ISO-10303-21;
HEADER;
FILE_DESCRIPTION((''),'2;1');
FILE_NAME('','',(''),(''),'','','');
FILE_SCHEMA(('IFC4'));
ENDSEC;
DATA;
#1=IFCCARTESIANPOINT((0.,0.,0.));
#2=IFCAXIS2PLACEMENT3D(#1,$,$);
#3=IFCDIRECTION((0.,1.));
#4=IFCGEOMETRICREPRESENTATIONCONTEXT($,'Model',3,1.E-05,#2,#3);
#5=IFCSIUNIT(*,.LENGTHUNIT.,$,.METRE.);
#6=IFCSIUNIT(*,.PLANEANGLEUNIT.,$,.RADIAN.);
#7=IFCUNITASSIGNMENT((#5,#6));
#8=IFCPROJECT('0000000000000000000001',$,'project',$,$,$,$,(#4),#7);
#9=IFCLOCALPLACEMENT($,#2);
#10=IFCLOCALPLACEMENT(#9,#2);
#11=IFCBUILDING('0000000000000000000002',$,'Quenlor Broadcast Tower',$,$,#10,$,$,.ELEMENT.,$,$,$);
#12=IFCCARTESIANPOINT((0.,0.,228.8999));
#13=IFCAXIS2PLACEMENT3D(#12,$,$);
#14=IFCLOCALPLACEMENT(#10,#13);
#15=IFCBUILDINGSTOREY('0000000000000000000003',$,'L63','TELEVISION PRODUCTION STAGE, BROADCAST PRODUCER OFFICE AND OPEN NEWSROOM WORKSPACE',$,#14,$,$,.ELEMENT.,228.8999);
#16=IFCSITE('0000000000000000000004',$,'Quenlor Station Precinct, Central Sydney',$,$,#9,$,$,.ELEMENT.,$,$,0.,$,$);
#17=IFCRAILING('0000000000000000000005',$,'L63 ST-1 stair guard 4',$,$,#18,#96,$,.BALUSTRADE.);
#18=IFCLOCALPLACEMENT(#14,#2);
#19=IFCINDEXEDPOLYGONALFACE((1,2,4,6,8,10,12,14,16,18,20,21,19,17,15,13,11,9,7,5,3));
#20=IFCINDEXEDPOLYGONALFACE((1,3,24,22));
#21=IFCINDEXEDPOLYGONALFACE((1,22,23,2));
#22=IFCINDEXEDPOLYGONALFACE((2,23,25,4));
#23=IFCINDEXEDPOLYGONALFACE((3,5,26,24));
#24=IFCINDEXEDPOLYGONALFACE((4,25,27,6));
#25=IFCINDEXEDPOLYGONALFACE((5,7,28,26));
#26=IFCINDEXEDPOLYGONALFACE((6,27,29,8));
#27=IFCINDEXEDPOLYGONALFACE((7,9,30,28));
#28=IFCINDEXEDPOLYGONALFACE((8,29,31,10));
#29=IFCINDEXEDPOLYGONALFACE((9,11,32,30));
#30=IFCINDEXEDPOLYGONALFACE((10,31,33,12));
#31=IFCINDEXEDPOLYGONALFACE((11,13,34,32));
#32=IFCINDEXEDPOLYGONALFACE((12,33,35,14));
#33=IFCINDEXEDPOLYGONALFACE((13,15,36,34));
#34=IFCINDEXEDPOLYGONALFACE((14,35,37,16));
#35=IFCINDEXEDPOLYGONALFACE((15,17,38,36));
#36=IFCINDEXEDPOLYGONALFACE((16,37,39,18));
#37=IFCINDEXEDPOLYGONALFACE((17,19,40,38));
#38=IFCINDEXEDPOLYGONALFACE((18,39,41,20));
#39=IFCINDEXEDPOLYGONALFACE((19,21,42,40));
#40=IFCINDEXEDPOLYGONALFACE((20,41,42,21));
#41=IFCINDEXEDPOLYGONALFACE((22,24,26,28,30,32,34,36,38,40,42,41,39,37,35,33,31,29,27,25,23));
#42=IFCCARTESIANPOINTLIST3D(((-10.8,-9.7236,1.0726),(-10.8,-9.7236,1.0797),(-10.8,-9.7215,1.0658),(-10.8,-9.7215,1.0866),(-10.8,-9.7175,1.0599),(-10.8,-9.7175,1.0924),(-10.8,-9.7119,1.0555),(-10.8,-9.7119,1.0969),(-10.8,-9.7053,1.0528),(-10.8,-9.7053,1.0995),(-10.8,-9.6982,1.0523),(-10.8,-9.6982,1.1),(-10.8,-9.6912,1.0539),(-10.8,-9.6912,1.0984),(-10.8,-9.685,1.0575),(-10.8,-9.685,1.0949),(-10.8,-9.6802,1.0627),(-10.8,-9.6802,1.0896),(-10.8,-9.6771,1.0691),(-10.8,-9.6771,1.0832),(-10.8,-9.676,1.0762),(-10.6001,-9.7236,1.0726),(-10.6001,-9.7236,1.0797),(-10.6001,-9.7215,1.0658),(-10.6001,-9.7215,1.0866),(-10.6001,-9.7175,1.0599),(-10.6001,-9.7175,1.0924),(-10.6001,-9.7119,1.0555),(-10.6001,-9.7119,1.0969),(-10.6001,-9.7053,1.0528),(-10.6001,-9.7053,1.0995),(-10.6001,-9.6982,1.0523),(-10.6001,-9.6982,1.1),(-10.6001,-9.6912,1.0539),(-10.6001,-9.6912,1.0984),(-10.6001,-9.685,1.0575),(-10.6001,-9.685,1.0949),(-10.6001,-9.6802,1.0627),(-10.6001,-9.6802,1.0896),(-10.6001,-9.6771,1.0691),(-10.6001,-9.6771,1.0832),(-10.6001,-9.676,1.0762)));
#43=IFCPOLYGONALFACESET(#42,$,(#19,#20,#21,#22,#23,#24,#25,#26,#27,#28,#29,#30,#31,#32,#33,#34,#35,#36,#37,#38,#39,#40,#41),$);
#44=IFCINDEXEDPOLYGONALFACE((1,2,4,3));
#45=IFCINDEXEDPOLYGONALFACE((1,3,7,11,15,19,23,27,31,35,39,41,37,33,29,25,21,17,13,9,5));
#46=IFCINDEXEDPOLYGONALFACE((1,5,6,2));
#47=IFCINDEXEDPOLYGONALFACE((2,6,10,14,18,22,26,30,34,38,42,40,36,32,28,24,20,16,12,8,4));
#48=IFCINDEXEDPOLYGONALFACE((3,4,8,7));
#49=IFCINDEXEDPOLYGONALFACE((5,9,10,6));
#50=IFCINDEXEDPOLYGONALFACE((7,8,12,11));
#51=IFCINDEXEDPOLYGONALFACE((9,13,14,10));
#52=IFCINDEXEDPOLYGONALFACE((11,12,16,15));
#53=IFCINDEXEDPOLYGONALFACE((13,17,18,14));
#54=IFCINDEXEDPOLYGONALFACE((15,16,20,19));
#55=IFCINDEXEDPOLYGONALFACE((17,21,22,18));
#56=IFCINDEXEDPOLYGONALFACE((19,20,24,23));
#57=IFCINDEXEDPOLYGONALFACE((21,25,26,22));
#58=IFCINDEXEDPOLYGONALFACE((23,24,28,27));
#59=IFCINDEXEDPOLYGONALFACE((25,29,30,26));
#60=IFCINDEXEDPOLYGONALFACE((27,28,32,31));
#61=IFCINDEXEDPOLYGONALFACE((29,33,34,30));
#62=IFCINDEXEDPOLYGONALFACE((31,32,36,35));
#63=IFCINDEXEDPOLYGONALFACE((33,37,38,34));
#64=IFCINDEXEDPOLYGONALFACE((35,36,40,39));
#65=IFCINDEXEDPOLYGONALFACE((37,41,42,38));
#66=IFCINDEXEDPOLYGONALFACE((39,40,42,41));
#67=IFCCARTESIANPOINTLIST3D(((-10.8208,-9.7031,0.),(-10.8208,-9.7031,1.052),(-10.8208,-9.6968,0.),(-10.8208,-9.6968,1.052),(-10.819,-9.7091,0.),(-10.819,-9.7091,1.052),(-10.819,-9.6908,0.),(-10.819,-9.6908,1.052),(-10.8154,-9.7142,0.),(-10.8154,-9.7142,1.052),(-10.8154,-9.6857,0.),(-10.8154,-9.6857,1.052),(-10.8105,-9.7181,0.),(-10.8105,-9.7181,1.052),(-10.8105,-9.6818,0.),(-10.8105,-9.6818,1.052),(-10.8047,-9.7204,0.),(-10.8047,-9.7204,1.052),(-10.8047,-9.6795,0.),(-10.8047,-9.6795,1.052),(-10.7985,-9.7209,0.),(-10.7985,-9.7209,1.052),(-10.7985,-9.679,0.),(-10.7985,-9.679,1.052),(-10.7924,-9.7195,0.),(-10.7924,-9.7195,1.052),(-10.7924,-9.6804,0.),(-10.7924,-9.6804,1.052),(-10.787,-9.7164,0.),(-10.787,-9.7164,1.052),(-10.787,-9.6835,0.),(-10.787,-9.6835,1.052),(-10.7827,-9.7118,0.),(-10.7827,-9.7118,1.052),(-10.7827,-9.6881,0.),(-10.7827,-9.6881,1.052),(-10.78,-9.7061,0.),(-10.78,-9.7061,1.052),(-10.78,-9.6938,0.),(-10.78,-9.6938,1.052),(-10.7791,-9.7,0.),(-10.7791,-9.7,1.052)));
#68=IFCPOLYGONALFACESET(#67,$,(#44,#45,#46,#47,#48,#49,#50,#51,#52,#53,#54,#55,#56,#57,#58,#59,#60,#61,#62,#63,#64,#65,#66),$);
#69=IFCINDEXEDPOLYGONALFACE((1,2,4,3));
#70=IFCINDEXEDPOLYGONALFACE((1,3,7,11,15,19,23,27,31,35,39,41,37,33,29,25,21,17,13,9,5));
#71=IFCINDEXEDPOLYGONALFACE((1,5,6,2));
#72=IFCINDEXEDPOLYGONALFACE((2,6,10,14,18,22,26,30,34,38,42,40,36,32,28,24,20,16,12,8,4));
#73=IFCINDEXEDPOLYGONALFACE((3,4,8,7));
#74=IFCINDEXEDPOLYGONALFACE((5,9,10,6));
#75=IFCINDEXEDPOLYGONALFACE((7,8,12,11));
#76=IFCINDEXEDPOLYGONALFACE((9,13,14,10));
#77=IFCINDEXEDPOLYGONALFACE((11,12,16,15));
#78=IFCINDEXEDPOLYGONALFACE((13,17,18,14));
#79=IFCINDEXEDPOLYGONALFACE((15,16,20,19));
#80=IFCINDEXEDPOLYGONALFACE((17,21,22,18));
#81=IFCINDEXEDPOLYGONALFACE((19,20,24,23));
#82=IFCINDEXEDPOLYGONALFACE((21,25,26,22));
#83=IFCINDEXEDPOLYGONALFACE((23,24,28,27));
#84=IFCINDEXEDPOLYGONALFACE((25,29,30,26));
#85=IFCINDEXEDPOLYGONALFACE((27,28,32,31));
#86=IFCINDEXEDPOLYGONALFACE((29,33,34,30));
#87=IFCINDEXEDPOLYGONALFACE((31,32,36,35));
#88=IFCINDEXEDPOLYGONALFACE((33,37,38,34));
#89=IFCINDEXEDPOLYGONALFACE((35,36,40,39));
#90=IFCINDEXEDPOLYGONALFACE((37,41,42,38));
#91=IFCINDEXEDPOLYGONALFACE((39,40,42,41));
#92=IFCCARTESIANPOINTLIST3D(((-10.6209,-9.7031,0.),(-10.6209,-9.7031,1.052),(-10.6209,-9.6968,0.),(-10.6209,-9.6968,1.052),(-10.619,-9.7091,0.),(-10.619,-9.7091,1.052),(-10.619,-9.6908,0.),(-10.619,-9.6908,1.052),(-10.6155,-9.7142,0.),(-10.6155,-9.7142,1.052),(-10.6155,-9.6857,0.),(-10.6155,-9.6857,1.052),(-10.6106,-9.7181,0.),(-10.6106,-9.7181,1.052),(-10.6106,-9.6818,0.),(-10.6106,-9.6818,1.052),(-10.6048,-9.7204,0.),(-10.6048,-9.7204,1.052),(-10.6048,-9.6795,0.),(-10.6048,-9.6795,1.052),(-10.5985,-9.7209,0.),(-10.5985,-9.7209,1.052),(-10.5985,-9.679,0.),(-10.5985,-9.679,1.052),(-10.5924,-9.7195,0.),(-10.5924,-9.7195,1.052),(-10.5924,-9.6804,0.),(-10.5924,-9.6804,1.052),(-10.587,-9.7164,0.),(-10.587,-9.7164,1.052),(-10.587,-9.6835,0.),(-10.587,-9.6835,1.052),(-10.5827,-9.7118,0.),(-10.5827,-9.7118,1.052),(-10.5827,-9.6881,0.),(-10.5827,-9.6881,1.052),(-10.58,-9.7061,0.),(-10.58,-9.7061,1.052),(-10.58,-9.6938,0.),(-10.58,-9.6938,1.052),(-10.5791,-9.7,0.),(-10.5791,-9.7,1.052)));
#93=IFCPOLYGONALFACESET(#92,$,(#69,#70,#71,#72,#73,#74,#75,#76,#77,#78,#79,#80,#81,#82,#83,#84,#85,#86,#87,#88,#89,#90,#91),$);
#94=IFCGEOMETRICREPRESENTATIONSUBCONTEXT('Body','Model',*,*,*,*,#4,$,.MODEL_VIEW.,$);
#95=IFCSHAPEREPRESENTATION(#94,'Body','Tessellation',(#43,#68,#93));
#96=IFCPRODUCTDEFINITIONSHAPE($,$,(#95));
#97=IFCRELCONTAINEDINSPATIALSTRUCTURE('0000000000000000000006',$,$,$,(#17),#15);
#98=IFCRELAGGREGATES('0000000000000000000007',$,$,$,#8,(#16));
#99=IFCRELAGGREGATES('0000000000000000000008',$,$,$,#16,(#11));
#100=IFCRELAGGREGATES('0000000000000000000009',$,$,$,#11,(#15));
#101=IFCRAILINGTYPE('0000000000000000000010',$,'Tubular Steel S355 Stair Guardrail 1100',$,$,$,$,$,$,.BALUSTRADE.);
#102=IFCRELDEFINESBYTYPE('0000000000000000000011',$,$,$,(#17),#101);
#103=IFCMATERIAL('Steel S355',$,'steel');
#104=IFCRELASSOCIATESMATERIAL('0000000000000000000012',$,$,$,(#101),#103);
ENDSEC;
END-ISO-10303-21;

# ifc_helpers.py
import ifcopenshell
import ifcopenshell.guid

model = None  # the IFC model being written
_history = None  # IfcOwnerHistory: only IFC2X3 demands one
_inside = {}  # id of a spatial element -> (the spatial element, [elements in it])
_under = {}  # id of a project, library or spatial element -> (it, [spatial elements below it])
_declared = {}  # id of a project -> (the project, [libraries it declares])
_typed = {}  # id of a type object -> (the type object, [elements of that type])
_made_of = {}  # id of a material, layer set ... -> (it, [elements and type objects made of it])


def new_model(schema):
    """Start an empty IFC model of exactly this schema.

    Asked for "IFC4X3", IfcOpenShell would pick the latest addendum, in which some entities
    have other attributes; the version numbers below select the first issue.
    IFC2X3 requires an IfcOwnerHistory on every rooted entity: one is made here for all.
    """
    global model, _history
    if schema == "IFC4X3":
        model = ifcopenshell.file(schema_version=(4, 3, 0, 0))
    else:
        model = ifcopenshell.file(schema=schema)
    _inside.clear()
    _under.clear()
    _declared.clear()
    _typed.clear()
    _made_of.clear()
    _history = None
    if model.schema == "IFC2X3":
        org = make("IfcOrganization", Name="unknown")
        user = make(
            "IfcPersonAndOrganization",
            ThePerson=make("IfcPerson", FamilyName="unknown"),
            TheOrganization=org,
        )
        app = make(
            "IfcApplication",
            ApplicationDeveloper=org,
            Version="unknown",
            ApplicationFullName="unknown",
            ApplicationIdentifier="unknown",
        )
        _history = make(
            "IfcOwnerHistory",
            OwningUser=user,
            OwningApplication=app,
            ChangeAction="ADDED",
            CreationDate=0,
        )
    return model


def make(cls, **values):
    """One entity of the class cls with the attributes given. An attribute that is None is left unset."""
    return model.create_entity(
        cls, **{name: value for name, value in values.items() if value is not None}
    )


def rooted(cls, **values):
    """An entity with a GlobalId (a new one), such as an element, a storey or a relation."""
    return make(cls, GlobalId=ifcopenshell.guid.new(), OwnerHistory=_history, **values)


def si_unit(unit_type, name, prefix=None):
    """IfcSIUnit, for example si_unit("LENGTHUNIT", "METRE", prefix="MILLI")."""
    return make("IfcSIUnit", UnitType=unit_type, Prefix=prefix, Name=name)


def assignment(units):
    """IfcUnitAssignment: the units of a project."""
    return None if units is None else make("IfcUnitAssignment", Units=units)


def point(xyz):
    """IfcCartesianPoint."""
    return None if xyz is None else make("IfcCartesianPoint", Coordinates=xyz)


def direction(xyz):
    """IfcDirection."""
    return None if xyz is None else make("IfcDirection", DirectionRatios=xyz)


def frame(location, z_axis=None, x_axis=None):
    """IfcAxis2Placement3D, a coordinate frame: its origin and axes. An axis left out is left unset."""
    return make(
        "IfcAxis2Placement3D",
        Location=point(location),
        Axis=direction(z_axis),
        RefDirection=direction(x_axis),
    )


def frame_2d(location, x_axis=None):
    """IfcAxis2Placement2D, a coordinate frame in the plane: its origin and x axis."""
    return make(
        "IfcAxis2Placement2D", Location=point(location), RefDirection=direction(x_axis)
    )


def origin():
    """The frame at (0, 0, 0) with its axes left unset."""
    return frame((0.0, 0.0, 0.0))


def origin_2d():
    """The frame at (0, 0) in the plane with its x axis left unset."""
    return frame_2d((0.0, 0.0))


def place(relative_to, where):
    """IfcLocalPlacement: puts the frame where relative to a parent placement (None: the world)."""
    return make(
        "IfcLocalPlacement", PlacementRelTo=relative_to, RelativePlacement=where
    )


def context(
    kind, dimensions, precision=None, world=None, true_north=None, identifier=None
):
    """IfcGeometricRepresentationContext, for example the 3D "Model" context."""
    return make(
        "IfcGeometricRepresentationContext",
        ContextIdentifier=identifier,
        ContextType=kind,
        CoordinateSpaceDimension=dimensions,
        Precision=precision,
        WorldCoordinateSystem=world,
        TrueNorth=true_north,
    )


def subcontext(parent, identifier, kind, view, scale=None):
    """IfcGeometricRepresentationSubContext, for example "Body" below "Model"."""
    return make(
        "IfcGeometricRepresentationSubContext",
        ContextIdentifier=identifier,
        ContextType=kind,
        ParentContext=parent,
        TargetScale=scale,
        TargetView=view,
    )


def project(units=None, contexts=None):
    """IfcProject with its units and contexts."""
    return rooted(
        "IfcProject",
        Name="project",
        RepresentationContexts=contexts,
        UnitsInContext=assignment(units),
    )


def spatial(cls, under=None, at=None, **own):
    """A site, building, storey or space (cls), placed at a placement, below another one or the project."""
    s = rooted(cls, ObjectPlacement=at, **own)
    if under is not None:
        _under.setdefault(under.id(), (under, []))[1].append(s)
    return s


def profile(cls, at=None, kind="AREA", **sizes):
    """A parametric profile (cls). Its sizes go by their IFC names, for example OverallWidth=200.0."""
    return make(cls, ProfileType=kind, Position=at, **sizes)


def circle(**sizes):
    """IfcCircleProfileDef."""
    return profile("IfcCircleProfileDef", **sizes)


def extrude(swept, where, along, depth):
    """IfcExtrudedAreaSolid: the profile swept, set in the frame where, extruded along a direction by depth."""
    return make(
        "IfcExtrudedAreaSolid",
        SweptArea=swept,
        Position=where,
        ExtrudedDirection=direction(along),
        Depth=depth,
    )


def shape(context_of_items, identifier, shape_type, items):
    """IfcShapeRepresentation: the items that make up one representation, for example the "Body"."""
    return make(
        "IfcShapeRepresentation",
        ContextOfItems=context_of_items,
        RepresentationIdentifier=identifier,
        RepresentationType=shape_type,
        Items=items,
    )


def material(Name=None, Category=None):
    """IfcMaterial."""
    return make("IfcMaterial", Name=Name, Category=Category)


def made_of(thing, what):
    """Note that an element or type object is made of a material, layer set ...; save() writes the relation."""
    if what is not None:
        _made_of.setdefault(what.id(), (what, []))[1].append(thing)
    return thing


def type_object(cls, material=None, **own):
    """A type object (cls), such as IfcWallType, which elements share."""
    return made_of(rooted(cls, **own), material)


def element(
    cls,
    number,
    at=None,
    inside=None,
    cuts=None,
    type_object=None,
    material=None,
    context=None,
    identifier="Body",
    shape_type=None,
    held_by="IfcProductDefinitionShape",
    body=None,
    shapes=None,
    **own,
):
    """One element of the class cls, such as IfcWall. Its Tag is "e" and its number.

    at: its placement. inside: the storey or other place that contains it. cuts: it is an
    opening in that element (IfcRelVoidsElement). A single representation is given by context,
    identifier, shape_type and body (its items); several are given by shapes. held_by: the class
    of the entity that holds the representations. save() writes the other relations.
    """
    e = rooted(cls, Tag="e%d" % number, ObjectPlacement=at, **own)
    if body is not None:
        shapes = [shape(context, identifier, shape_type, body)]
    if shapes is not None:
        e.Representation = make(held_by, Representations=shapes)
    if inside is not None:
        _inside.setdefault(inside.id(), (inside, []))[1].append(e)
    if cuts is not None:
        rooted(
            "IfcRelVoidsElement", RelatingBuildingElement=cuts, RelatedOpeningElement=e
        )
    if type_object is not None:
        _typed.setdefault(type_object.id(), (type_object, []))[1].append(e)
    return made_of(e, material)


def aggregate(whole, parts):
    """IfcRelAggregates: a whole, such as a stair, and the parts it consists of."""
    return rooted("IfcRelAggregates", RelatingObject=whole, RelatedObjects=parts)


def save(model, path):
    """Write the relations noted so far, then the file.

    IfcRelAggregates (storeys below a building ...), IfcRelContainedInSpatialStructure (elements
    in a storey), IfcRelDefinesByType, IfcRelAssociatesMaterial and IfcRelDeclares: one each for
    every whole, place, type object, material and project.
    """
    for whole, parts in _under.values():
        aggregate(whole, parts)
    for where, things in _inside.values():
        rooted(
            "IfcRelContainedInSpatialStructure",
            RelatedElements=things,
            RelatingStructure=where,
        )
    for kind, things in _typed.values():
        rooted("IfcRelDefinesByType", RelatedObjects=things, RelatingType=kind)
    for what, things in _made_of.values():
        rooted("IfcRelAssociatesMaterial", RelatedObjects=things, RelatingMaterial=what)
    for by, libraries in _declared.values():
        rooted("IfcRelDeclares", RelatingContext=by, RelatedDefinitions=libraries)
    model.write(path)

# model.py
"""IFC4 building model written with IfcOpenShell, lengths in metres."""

from ifc_helpers import new_model, si_unit, direction, frame, origin, origin_2d, place, context, subcontext, project, spatial, circle, extrude, material, type_object, element, save


model = new_model("IFC4")

# Units and contexts
model_context = context("Model", 3, precision=1e-05, world=origin(), true_north=direction((0.0, 1.0)))
body_context = subcontext(model_context, "Body", "Model", "MODEL_VIEW")
ifc_project = project(units=[si_unit("LENGTHUNIT", "METRE"), si_unit("PLANEANGLEUNIT", "RADIAN")], contexts=[model_context])

# Site, building, storey
site_placement = place(None, origin())
site = spatial("IfcSite", under=ifc_project, at=site_placement, Name="Quenlor Station Precinct, Central Sydney", CompositionType="ELEMENT", RefElevation=0.0)
building_placement = place(site_placement, origin())
building = spatial("IfcBuilding", under=site, at=building_placement, Name="Quenlor Broadcast Tower", CompositionType="ELEMENT")
storey_placement = place(building_placement, frame((0.0, 0.0, 228.8999)))
storey = spatial("IfcBuildingStorey", under=building, at=storey_placement, Name="L63", Description="TELEVISION PRODUCTION STAGE, BROADCAST PRODUCER OFFICE AND OPEN NEWSROOM WORKSPACE", CompositionType="ELEMENT", Elevation=228.8999)

# Railing
ifc_material_1 = material(Name="Steel S355", Category="steel")
railing_type = type_object("IfcRailingType", Name="Tubular Steel S355 Stair Guardrail 1100", PredefinedType="BALUSTRADE", material=ifc_material_1)
railing_1_placement = place(storey_placement, frame((-10.8, -9.7, 0.0)))
element("IfcRailing", 1, at=railing_1_placement, inside=storey, type_object=railing_type, Name="L63 ST-1 stair guard 4", PredefinedType="BALUSTRADE", context=body_context, shape_type="SweptSolid", body=[
    extrude(circle(Radius=0.0239, at=origin_2d()), frame((0.0, 0.0, 1.0762), z_axis=(1.0, 0.0, 0.0), x_axis=(0.0, 1.0, 0.0)), (0.0, 0.0, 1.0), 0.2),
    extrude(circle(Radius=0.021, at=origin_2d()), origin(), (0.0, 0.0, 1.0), 1.052),
    extrude(circle(Radius=0.021, at=origin_2d()), frame((0.2, 0.0, 0.0)), (0.0, 0.0, 1.0), 1.052),
])

save(model, "model.ifc")
